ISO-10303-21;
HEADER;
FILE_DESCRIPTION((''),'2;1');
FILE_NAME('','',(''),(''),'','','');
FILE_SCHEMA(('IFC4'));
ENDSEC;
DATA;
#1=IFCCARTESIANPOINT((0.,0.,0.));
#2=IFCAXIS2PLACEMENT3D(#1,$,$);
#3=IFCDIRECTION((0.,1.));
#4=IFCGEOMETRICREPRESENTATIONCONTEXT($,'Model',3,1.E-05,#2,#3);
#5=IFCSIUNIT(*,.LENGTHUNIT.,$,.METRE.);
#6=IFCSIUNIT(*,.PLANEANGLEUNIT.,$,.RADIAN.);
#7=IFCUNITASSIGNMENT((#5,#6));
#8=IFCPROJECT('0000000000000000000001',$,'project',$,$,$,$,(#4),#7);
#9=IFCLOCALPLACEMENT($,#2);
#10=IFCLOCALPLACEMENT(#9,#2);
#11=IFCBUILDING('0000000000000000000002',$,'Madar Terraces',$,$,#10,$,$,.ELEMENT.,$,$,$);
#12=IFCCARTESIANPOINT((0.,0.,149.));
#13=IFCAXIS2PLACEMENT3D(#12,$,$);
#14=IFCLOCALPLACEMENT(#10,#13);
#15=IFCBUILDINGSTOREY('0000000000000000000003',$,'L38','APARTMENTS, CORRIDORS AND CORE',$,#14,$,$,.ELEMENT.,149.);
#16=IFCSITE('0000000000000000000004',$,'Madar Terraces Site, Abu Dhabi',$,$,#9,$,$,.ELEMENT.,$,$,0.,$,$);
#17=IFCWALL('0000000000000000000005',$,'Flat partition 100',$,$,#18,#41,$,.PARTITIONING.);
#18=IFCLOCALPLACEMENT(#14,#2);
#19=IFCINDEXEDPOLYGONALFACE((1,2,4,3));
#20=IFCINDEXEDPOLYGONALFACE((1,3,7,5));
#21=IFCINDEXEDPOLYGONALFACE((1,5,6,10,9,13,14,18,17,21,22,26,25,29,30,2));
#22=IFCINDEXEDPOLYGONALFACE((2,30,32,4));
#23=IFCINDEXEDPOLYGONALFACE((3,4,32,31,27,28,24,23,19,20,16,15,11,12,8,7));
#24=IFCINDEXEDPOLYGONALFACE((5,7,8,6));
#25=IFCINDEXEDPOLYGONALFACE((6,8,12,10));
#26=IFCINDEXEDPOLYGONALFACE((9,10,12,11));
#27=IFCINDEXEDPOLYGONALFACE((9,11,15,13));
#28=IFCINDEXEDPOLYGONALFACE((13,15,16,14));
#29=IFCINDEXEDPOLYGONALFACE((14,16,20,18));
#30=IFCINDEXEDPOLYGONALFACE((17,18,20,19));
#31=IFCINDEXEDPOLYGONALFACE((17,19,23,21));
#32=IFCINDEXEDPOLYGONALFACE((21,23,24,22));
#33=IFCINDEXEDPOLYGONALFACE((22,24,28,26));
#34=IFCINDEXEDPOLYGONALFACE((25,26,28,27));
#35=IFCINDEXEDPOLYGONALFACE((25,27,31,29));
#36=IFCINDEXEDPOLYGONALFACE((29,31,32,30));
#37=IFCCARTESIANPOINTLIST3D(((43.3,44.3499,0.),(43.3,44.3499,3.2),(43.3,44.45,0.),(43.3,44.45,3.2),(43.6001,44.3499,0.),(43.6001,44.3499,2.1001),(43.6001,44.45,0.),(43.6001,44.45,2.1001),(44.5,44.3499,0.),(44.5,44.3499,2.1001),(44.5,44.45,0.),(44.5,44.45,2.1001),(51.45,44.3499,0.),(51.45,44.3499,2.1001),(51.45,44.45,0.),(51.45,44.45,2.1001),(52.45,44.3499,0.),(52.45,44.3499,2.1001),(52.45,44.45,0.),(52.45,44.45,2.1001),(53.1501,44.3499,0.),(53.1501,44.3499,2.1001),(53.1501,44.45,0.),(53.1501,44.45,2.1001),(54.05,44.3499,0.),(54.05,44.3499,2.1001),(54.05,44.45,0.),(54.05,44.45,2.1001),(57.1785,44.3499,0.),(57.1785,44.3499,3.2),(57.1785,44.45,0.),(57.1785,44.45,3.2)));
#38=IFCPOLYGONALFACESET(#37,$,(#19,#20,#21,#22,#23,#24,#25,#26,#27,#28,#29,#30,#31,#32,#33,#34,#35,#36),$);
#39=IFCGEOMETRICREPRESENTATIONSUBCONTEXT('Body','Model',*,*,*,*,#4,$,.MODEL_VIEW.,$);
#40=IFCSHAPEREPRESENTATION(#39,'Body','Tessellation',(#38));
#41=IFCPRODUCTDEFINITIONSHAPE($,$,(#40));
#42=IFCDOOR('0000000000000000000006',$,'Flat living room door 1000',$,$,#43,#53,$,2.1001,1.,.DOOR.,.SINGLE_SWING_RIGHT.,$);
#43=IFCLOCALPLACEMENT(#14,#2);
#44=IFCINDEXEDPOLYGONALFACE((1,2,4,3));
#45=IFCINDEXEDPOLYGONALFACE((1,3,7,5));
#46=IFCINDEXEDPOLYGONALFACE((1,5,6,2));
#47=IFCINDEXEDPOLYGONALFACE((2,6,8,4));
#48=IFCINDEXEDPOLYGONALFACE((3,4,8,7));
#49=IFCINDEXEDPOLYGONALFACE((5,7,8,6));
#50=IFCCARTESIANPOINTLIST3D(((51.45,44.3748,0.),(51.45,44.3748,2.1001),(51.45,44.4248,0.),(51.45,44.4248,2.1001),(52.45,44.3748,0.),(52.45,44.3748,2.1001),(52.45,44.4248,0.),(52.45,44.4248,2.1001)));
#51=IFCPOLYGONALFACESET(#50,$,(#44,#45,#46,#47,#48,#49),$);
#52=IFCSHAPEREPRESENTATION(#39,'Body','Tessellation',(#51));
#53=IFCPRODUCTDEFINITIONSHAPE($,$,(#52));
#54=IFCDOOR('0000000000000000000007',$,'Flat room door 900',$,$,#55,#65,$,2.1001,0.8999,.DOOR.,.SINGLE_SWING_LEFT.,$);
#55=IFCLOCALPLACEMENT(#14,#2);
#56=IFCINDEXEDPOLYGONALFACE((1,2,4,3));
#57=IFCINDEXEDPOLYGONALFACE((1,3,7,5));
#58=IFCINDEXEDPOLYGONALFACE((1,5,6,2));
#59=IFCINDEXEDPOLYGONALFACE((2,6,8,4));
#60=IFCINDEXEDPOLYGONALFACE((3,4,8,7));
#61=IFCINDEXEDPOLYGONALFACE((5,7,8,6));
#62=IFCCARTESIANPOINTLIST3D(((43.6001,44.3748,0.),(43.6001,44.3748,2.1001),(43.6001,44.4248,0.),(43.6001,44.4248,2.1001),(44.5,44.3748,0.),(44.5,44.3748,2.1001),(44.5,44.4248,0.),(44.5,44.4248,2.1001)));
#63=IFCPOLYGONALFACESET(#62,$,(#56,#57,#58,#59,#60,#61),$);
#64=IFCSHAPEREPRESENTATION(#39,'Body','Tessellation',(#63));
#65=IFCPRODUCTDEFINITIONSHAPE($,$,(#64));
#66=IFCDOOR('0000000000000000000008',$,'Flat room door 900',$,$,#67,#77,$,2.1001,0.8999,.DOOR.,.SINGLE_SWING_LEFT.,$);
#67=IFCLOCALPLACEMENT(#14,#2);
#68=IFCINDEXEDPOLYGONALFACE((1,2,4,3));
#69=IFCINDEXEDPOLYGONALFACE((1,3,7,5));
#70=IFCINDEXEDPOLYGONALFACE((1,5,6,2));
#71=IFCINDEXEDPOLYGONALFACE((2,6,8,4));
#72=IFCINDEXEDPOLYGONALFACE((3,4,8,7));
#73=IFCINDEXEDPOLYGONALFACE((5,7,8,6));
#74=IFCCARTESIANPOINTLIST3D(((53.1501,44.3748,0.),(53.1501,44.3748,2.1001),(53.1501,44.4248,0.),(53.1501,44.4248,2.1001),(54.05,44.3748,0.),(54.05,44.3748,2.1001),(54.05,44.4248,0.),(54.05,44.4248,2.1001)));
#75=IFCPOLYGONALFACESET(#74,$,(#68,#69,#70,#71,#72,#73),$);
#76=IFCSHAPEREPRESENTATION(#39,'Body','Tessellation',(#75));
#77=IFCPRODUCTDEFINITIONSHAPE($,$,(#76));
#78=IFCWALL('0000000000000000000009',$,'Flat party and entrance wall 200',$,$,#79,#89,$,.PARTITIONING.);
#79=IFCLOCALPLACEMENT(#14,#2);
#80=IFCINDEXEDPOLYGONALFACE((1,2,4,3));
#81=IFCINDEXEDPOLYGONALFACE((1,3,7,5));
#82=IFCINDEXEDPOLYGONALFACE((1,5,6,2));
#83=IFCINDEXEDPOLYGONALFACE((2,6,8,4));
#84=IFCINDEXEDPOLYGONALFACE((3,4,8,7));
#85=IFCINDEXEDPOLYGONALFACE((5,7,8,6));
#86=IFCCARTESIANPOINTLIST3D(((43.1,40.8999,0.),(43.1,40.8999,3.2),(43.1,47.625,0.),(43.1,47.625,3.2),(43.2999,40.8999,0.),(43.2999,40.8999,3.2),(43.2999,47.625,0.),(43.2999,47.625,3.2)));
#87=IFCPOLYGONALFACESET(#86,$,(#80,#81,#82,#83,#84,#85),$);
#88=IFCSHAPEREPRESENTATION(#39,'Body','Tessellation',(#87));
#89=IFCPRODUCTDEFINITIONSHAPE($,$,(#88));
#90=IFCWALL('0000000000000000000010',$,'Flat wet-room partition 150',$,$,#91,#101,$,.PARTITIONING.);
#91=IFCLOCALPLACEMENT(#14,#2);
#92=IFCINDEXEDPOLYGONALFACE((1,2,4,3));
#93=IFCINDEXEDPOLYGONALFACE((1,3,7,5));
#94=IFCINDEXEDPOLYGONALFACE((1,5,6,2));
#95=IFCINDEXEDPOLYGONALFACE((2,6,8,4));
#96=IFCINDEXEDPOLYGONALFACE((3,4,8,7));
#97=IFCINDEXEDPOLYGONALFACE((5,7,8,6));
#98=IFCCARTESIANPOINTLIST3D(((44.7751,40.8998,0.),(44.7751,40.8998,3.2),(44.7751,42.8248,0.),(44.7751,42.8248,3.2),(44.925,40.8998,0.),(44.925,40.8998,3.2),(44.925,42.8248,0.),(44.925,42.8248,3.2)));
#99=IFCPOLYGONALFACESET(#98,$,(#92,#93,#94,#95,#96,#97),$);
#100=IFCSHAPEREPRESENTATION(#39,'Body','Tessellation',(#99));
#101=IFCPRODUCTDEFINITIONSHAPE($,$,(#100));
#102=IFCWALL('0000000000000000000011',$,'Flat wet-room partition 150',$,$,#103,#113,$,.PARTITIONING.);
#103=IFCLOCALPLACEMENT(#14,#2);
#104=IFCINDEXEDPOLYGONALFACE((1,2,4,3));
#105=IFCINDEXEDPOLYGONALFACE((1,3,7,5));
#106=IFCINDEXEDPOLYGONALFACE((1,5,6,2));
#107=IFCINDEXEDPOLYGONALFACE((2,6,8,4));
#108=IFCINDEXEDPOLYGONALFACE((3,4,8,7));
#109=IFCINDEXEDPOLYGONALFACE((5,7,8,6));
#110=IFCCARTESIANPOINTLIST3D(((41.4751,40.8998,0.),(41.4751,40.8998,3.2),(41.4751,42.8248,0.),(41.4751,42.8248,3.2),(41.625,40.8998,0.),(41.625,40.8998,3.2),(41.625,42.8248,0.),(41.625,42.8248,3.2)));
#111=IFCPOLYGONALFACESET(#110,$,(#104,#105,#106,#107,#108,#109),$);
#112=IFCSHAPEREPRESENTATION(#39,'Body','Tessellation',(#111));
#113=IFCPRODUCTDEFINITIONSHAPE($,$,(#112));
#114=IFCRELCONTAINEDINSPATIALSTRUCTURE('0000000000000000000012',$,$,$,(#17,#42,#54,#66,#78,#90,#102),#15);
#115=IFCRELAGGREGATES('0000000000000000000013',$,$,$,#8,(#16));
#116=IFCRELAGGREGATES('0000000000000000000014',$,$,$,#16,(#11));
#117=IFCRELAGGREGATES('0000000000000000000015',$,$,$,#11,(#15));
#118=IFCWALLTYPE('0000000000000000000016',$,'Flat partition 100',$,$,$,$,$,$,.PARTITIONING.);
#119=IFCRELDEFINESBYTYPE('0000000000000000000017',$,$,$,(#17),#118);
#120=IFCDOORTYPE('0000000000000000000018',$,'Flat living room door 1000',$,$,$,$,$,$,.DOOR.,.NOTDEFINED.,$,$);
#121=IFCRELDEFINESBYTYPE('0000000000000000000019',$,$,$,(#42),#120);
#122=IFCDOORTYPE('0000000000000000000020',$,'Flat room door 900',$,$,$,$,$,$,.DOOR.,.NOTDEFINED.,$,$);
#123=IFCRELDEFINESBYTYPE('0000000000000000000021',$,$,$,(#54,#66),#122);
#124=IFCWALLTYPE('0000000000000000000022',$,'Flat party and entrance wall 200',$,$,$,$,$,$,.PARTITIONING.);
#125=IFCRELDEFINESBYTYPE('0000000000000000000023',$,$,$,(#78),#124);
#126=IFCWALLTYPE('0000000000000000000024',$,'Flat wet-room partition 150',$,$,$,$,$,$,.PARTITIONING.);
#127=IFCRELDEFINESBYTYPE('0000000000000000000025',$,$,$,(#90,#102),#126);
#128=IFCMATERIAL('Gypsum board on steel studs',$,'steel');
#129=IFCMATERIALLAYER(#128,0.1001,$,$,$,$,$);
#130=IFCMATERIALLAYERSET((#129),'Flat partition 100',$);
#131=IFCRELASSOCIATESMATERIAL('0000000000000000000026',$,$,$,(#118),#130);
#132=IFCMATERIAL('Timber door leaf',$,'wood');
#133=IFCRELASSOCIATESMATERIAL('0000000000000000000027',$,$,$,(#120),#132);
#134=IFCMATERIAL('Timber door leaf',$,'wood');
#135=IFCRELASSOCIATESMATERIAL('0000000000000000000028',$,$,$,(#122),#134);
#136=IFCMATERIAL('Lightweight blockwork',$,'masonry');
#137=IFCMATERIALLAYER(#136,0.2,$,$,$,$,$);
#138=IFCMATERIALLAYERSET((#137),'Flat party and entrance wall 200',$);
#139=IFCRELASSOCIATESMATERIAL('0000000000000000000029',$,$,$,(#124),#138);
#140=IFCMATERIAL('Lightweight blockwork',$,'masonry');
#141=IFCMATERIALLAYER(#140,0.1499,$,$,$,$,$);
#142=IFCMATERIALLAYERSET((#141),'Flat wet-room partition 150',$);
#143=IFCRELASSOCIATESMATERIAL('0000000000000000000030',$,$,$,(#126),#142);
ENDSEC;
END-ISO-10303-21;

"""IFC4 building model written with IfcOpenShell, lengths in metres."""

from ifc_helpers import new_model, si_unit, direction, frame, frame_2d, origin, place, context, subcontext, project, spatial, rectangle, extrude, material, layer, layer_set, type_object, element, fill, save


model = new_model("IFC4")

# Units and contexts
model_context = context("Model", 3, precision=1e-05, world=origin(), true_north=direction((0.0, 1.0)))
body_context = subcontext(model_context, "Body", "Model", "MODEL_VIEW")
ifc_project = project(units=[si_unit("LENGTHUNIT", "METRE"), si_unit("PLANEANGLEUNIT", "RADIAN")], contexts=[model_context])

# Site, building, storey
site_placement = place(None, origin())
site = spatial("IfcSite", under=ifc_project, at=site_placement, Name="Madar Terraces Site, Abu Dhabi", CompositionType="ELEMENT", RefElevation=0.0)
building_placement = place(site_placement, origin())
building = spatial("IfcBuilding", under=site, at=building_placement, Name="Madar Terraces", CompositionType="ELEMENT")
storey_placement = place(building_placement, frame((0.0, 0.0, 149.0)))
storey = spatial("IfcBuildingStorey", under=building, at=storey_placement, Name="L38", Description="APARTMENTS, CORRIDORS AND CORE", CompositionType="ELEMENT", Elevation=149.0)

# Wall, openings, doors
ifc_material_1 = material(Name="Gypsum board on steel studs", Category="steel")
ifc_layer_1 = layer(ifc_material_1, 0.1001)
ifc_layer_set_1 = layer_set([ifc_layer_1], Name="Flat partition 100")
wall_type_1 = type_object("IfcWallType", Name="Flat partition 100", PredefinedType="PARTITIONING", material=ifc_layer_set_1)
wall_1_placement = place(storey_placement, frame((43.3, 44.3999, 0.0), z_axis=(0.0, 0.0, 1.0), x_axis=(1.0, 0.0, 0.0)))
wall_1 = element("IfcWall", 1, at=wall_1_placement, inside=storey, type_object=wall_type_1, Name="Flat partition 100", PredefinedType="PARTITIONING", context=body_context, shape_type="SweptSolid", body=[
    extrude(rectangle(XDim=13.8784, YDim=0.1001, at=frame_2d((6.9392, 0.0))), origin(), (0.0, 0.0, 1.0), 3.2),
])
opening_1_placement = place(wall_1_placement, frame((0.3, 0.0, 0.0)))
opening_1 = element("IfcOpeningElement", 2, at=opening_1_placement, cuts=wall_1, PredefinedType="OPENING", context=body_context, shape_type="SweptSolid", body=[
    extrude(rectangle(XDim=0.8999, YDim=2.1001, at=frame_2d((0.45, 1.05))), frame((0.0, 0.0601, 0.0), z_axis=(0.0, -1.0, 0.0), x_axis=(1.0, 0.0, 0.0)), (0.0, 0.0, 1.0), 0.1201),
])
opening_2_placement = place(wall_1_placement, frame((8.1499, 0.0, 0.0)))
opening_2 = element("IfcOpeningElement", 3, at=opening_2_placement, cuts=wall_1, PredefinedType="OPENING", context=body_context, shape_type="SweptSolid", body=[
    extrude(rectangle(XDim=1.0, YDim=2.1001, at=frame_2d((0.5, 1.05))), frame((0.0, 0.0601, 0.0), z_axis=(0.0, -1.0, 0.0), x_axis=(1.0, 0.0, 0.0)), (0.0, 0.0, 1.0), 0.1201),
])
opening_3_placement = place(wall_1_placement, frame((9.8501, 0.0, 0.0)))
opening_3 = element("IfcOpeningElement", 4, at=opening_3_placement, cuts=wall_1, PredefinedType="OPENING", context=body_context, shape_type="SweptSolid", body=[
    extrude(rectangle(XDim=0.8999, YDim=2.1001, at=frame_2d((0.45, 1.05))), frame((0.0, 0.0601, 0.0), z_axis=(0.0, -1.0, 0.0), x_axis=(1.0, 0.0, 0.0)), (0.0, 0.0, 1.0), 0.1201),
])
ifc_material_2 = material(Name="Timber door leaf", Category="wood")
door_type_1 = type_object("IfcDoorType", Name="Flat living room door 1000", OperationType="NOTDEFINED", PredefinedType="DOOR", material=ifc_material_2)
door_1_placement = place(opening_2_placement, origin())
door_1 = element("IfcDoor", 5, at=door_1_placement, inside=storey, type_object=door_type_1, Name="Flat living room door 1000", OperationType="SINGLE_SWING_RIGHT", OverallHeight=2.1001, OverallWidth=1.0, PredefinedType="DOOR", context=body_context, shape_type="SweptSolid", body=[
    extrude(rectangle(XDim=1.0, YDim=2.1001, at=frame_2d((0.5, 1.05))), frame((0.0, 0.0249, 0.0), z_axis=(0.0, -1.0, 0.0), x_axis=(1.0, 0.0, 0.0)), (0.0, 0.0, 1.0), 0.05),
])
fill(opening_2, door_1)
ifc_material_3 = material(Name="Timber door leaf", Category="wood")
door_type_2 = type_object("IfcDoorType", Name="Flat room door 900", OperationType="NOTDEFINED", PredefinedType="DOOR", material=ifc_material_3)
door_2_placement = place(opening_1_placement, origin())
door_2 = element("IfcDoor", 6, at=door_2_placement, inside=storey, type_object=door_type_2, Name="Flat room door 900", OperationType="SINGLE_SWING_LEFT", OverallHeight=2.1001, OverallWidth=0.8999, PredefinedType="DOOR", context=body_context, shape_type="SweptSolid", body=[
    extrude(rectangle(XDim=0.8999, YDim=2.1001, at=frame_2d((0.45, 1.05))), frame((0.0, 0.0249, 0.0), z_axis=(0.0, -1.0, 0.0), x_axis=(1.0, 0.0, 0.0)), (0.0, 0.0, 1.0), 0.05),
])
fill(opening_1, door_2)
door_3_placement = place(opening_3_placement, origin())
door_3 = element("IfcDoor", 7, at=door_3_placement, inside=storey, type_object=door_type_2, Name="Flat room door 900", OperationType="SINGLE_SWING_LEFT", OverallHeight=2.1001, OverallWidth=0.8999, PredefinedType="DOOR", context=body_context, shape_type="SweptSolid", body=[
    extrude(rectangle(XDim=0.8999, YDim=2.1001, at=frame_2d((0.45, 1.05))), frame((0.0, 0.0249, 0.0), z_axis=(0.0, -1.0, 0.0), x_axis=(1.0, 0.0, 0.0)), (0.0, 0.0, 1.0), 0.05),
])
fill(opening_3, door_3)

# Walls
ifc_material_4 = material(Name="Lightweight blockwork", Category="masonry")
ifc_layer_2 = layer(ifc_material_4, 0.2)
ifc_layer_set_2 = layer_set([ifc_layer_2], Name="Flat party and entrance wall 200")
wall_type_2 = type_object("IfcWallType", Name="Flat party and entrance wall 200", PredefinedType="PARTITIONING", material=ifc_layer_set_2)
wall_2_placement = place(storey_placement, frame((43.2, 47.625, 0.0), z_axis=(0.0, 0.0, 1.0), x_axis=(0.0, -1.0, 0.0)))
element("IfcWall", 8, at=wall_2_placement, inside=storey, type_object=wall_type_2, Name="Flat party and entrance wall 200", PredefinedType="PARTITIONING", context=body_context, shape_type="SweptSolid", body=[
    extrude(rectangle(XDim=6.7251, YDim=0.2, at=frame_2d((3.3625, 0.0))), origin(), (0.0, 0.0, 1.0), 3.2),
])
ifc_material_5 = material(Name="Lightweight blockwork", Category="masonry")
ifc_layer_3 = layer(ifc_material_5, 0.1499)
ifc_layer_set_3 = layer_set([ifc_layer_3], Name="Flat wet-room partition 150")
wall_type_3 = type_object("IfcWallType", Name="Flat wet-room partition 150", PredefinedType="PARTITIONING", material=ifc_layer_set_3)
for number, where, z_axis, x_axis, name in (
    (9, (44.8501, 40.8999, 0.0), (0.0, 0.0, 1.0), (0.0, 1.0, 0.0), "Flat wet-room partition 150"),
    (10, (41.55, 40.8999, 0.0), (0.0, 0.0, 1.0), (0.0, 1.0, 0.0), "Flat wet-room partition 150"),
):
    element("IfcWall", number, at=place(storey_placement, frame(where, z_axis=z_axis, x_axis=x_axis)), inside=storey, type_object=wall_type_3, Name=name, PredefinedType="PARTITIONING", context=body_context, shape_type="SweptSolid", body=[
        extrude(rectangle(XDim=1.925, YDim=0.1499, at=frame_2d((0.9624, 0.0))), origin(), (0.0, 0.0, 1.0), 3.2),
    ])

save(model, "model.ifc")
